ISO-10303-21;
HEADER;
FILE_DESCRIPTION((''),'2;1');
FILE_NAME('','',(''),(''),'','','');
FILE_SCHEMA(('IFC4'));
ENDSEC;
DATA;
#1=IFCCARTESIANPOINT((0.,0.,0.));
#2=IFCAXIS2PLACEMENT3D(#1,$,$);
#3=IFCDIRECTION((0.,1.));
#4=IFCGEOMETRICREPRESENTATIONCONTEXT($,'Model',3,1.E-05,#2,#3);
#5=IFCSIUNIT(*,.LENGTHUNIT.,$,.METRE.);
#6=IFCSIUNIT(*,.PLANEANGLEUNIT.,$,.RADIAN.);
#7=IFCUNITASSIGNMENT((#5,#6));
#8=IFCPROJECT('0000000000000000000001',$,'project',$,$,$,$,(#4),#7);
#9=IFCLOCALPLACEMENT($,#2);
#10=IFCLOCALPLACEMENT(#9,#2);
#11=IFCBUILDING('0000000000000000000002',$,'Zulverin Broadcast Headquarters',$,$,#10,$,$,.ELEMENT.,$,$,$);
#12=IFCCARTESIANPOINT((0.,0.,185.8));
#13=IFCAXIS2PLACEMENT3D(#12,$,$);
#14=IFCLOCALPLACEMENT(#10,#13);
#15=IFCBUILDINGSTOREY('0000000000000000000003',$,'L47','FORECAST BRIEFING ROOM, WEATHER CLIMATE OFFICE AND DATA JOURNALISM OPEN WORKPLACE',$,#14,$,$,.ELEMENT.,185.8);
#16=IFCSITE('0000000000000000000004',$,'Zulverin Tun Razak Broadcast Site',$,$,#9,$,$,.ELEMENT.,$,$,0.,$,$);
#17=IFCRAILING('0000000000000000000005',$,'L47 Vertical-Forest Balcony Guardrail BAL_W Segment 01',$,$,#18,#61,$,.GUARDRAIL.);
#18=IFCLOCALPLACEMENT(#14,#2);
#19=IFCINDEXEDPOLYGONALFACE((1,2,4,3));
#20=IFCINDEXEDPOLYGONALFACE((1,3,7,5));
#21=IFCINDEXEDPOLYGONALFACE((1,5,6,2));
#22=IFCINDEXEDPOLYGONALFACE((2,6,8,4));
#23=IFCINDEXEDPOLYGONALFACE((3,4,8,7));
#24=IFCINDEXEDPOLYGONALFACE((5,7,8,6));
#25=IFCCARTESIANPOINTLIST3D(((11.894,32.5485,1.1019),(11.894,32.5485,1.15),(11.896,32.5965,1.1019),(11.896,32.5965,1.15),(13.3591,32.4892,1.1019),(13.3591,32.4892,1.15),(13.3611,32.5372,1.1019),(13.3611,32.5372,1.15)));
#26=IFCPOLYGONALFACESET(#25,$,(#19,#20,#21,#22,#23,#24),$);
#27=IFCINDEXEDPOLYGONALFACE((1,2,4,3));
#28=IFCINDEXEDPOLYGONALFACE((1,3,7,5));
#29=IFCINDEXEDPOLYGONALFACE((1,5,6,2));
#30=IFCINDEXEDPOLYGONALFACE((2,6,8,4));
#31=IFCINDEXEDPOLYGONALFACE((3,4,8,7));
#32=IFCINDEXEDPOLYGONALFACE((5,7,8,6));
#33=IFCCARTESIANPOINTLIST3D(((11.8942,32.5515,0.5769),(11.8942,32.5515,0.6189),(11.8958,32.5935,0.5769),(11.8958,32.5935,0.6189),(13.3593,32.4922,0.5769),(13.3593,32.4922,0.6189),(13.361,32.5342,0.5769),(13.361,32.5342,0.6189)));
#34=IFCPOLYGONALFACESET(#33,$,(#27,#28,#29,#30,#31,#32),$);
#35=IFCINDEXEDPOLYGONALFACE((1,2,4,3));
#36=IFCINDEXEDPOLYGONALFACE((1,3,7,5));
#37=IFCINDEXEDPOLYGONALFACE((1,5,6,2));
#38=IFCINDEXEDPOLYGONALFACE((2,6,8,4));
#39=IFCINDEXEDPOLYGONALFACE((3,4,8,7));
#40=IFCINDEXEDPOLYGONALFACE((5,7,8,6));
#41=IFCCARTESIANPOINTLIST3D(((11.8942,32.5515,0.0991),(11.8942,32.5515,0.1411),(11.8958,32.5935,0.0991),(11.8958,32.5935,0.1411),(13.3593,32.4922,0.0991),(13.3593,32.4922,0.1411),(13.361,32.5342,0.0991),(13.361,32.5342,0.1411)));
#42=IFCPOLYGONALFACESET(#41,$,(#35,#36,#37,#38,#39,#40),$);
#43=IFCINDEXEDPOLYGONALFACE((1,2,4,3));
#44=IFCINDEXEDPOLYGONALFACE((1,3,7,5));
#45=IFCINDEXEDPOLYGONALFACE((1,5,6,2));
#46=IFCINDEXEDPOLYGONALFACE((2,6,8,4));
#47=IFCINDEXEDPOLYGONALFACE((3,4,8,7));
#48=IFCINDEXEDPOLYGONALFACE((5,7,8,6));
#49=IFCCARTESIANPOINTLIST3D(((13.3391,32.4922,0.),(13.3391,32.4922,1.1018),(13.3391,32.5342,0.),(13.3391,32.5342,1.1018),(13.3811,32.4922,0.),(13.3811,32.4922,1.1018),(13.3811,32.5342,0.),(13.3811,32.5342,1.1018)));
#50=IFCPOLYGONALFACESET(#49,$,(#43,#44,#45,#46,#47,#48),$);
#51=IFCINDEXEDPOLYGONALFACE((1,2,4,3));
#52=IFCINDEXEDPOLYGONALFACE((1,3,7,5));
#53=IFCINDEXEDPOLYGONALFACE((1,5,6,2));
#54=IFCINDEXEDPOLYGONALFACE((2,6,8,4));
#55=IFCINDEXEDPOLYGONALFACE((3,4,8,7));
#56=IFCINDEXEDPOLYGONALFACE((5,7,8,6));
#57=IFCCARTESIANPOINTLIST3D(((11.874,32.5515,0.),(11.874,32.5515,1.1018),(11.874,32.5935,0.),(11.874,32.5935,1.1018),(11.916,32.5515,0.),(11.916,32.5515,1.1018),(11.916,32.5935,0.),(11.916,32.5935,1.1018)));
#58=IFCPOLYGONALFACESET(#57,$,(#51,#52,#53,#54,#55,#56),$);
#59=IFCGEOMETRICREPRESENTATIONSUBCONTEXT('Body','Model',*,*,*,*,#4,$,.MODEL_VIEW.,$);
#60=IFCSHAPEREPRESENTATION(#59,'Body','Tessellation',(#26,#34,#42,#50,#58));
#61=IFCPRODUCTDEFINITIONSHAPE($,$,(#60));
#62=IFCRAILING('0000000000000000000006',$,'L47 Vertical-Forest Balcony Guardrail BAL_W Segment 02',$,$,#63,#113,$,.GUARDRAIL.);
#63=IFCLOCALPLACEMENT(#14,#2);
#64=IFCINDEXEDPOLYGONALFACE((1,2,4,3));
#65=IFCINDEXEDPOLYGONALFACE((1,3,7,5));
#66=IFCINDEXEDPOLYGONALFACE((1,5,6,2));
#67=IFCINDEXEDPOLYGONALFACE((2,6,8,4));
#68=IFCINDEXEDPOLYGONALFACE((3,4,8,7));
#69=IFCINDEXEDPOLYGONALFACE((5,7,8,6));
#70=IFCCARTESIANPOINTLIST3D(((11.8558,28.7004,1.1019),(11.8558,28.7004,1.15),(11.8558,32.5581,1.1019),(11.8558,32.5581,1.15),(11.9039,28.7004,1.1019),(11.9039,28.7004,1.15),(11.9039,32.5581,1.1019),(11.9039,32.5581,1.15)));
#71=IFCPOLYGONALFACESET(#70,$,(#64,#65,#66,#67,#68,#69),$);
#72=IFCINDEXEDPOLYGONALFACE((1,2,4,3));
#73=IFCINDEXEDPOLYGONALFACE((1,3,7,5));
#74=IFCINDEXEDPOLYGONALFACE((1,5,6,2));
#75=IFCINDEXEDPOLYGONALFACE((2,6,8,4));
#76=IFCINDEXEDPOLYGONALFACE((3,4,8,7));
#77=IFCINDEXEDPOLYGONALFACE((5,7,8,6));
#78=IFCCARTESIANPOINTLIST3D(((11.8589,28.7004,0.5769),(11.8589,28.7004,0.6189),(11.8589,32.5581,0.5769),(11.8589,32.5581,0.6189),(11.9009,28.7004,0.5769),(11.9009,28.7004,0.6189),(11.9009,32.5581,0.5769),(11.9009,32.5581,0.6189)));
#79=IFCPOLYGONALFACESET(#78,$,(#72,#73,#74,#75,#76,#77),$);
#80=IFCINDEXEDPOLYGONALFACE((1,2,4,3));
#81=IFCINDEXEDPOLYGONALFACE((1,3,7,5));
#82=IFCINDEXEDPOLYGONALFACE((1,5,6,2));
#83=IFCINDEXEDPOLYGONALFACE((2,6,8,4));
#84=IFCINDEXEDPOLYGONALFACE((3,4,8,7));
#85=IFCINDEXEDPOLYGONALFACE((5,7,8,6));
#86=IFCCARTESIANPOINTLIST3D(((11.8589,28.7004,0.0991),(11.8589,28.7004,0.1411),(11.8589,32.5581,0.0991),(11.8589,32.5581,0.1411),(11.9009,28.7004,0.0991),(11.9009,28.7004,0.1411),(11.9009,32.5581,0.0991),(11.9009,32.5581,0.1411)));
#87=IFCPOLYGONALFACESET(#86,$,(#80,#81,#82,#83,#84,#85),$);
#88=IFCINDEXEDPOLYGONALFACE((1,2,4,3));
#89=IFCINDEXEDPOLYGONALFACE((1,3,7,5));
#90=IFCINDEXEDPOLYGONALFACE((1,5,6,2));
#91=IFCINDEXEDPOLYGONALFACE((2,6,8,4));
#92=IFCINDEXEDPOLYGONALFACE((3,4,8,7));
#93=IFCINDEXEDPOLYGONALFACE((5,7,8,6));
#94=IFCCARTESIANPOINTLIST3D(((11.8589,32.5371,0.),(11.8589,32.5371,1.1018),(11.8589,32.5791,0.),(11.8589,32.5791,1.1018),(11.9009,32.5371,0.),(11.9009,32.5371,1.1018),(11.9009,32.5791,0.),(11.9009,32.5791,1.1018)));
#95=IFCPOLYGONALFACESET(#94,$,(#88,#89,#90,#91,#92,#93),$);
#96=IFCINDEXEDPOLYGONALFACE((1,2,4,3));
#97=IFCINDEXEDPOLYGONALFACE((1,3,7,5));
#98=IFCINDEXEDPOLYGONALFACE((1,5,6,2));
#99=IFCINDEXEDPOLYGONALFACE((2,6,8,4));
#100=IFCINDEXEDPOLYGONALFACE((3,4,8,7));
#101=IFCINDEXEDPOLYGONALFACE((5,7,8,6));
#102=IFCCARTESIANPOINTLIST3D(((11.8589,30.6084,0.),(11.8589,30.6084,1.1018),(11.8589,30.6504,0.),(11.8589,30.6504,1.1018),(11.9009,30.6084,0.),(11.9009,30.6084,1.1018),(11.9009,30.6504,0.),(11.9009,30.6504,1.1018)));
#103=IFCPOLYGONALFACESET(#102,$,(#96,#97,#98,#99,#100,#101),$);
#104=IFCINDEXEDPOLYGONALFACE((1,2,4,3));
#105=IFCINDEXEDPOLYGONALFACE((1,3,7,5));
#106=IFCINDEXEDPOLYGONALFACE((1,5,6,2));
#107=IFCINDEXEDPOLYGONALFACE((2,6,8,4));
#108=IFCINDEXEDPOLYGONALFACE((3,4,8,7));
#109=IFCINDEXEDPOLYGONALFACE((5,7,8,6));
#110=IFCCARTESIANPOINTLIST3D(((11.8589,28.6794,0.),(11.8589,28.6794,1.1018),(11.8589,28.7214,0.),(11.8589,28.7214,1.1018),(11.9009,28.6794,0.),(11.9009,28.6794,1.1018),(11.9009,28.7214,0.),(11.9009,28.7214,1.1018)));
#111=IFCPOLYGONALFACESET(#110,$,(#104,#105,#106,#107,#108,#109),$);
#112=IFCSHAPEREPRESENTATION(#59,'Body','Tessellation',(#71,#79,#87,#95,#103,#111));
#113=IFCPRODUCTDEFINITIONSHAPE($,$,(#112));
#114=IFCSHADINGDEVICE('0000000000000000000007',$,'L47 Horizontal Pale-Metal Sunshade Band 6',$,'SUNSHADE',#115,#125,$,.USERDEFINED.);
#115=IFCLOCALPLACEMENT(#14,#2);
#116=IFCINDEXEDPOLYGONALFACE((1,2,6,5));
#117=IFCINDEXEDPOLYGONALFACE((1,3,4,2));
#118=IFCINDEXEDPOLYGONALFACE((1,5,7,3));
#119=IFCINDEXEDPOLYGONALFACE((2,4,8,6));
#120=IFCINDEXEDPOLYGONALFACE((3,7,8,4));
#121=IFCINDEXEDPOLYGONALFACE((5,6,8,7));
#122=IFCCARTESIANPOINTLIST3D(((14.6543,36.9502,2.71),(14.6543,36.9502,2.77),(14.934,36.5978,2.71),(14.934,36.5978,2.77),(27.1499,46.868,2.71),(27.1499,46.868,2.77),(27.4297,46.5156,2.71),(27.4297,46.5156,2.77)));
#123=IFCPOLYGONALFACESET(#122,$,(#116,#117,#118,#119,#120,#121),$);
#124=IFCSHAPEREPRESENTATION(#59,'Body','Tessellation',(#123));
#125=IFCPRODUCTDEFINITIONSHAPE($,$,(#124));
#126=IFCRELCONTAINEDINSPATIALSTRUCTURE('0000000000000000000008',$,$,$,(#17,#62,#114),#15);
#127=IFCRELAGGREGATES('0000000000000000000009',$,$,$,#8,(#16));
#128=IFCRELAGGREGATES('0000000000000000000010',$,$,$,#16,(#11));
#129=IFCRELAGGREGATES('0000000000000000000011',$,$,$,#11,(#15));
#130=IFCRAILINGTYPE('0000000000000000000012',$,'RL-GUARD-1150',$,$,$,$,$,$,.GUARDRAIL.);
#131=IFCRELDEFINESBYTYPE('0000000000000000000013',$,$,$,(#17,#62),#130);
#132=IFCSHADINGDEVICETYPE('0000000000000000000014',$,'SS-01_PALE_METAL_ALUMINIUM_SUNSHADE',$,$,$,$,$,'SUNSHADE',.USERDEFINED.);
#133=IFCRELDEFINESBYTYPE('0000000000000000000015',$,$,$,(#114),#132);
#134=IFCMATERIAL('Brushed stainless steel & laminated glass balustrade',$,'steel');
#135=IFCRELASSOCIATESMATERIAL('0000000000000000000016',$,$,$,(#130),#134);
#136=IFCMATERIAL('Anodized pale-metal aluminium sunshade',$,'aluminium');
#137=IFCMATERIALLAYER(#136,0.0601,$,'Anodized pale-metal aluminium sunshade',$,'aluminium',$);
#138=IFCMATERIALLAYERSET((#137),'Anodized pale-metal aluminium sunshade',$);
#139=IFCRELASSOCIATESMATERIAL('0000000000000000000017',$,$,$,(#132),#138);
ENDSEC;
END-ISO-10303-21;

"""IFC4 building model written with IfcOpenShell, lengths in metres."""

from ifc_helpers import new_model, si_unit, direction, frame, origin, origin_2d, place, context, subcontext, project, spatial, rectangle, extrude, material, layer, layer_set, type_object, element, save


model = new_model("IFC4")

# Units and contexts
model_context = context("Model", 3, precision=1e-05, world=origin(), true_north=direction((0.0, 1.0)))
body_context = subcontext(model_context, "Body", "Model", "MODEL_VIEW")
ifc_project = project(units=[si_unit("LENGTHUNIT", "METRE"), si_unit("PLANEANGLEUNIT", "RADIAN")], contexts=[model_context])

# Site, building, storey
site_placement = place(None, origin())
site = spatial("IfcSite", under=ifc_project, at=site_placement, Name="Zulverin Tun Razak Broadcast Site", CompositionType="ELEMENT", RefElevation=0.0)
building_placement = place(site_placement, origin())
building = spatial("IfcBuilding", under=site, at=building_placement, Name="Zulverin Broadcast Headquarters", CompositionType="ELEMENT")
storey_placement = place(building_placement, frame((0.0, 0.0, 185.8)))
storey = spatial("IfcBuildingStorey", under=building, at=storey_placement, Name="L47", Description="FORECAST BRIEFING ROOM, WEATHER CLIMATE OFFICE AND DATA JOURNALISM OPEN WORKPLACE", CompositionType="ELEMENT", Elevation=185.8)

# Railings
ifc_material_1 = material(Name="Brushed stainless steel & laminated glass balustrade", Category="steel")
railing_type = type_object("IfcRailingType", Name="RL-GUARD-1150", PredefinedType="GUARDRAIL", material=ifc_material_1)
railing_1_placement = place(storey_placement, frame((13.3601, 32.5132, 0.0)))
element("IfcRailing", 1, at=railing_1_placement, inside=storey, type_object=railing_type, Name="L47 Vertical-Forest Balcony Guardrail BAL_W Segment 01", PredefinedType="GUARDRAIL", context=body_context, shape_type="SweptSolid", body=[
    extrude(rectangle(XDim=0.0481, YDim=0.0481, at=origin_2d()), frame((0.0, 0.0, 1.126), z_axis=(-0.999181, 0.04046, 0.0), x_axis=(-0.04046, -0.999181, 0.0)), (0.0, 0.0, 1.0), 1.4663),
    extrude(rectangle(XDim=0.042, YDim=0.042, at=origin_2d()), frame((0.0, 0.0, 0.5979), z_axis=(-0.999181, 0.04046, 0.0), x_axis=(-0.04046, -0.999181, 0.0)), (0.0, 0.0, 1.0), 1.4663),
    extrude(rectangle(XDim=0.042, YDim=0.042, at=origin_2d()), frame((0.0, 0.0, 0.1201), z_axis=(-0.999181, 0.04046, 0.0), x_axis=(-0.04046, -0.999181, 0.0)), (0.0, 0.0, 1.0), 1.4663),
    extrude(rectangle(XDim=0.042, YDim=0.042, at=origin_2d()), origin(), (0.0, 0.0, 1.0), 1.1018),
    extrude(rectangle(XDim=0.042, YDim=0.042, at=origin_2d()), frame((-1.4651, 0.0593, 0.0)), (0.0, 0.0, 1.0), 1.1018),
])
railing_2_placement = place(storey_placement, frame((11.8799, 32.5581, 0.0)))
element("IfcRailing", 2, at=railing_2_placement, inside=storey, type_object=railing_type, Name="L47 Vertical-Forest Balcony Guardrail BAL_W Segment 02", PredefinedType="GUARDRAIL", context=body_context, shape_type="SweptSolid", body=[
    extrude(rectangle(XDim=0.0481, YDim=0.0481, at=origin_2d()), frame((0.0, 0.0, 1.126), z_axis=(0.0, -1.0, 0.0), x_axis=(1.0, 0.0, 0.0)), (0.0, 0.0, 1.0), 3.8577),
    extrude(rectangle(XDim=0.042, YDim=0.042, at=origin_2d()), frame((0.0, 0.0, 0.5979), z_axis=(0.0, -1.0, 0.0), x_axis=(1.0, 0.0, 0.0)), (0.0, 0.0, 1.0), 3.8577),
    extrude(rectangle(XDim=0.042, YDim=0.042, at=origin_2d()), frame((0.0, 0.0, 0.1201), z_axis=(0.0, -1.0, 0.0), x_axis=(1.0, 0.0, 0.0)), (0.0, 0.0, 1.0), 3.8577),
    extrude(rectangle(XDim=0.042, YDim=0.042, at=origin_2d()), origin(), (0.0, 0.0, 1.0), 1.1018),
    extrude(rectangle(XDim=0.042, YDim=0.042, at=origin_2d()), frame((0.0, -1.9287, 0.0)), (0.0, 0.0, 1.0), 1.1018),
    extrude(rectangle(XDim=0.042, YDim=0.042, at=origin_2d()), frame((0.0, -3.8577, 0.0)), (0.0, 0.0, 1.0), 1.1018),
])

# Shading device
ifc_material_2 = material(Name="Anodized pale-metal aluminium sunshade", Category="aluminium")
ifc_layer_1 = layer(ifc_material_2, 0.0601, Name="Anodized pale-metal aluminium sunshade", Category="aluminium")
ifc_layer_set_1 = layer_set([ifc_layer_1], Name="Anodized pale-metal aluminium sunshade")
shading_device_type = type_object("IfcShadingDeviceType", Name="SS-01_PALE_METAL_ALUMINIUM_SUNSHADE", ElementType="SUNSHADE", PredefinedType="USERDEFINED", material=ifc_layer_set_1)
shading_device_placement = place(storey_placement, frame((21.042, 41.7329, 2.71), z_axis=(0.0, 0.0, 1.0), x_axis=(-0.78327, -0.621681, 0.0)))
element("IfcShadingDevice", 3, at=shading_device_placement, inside=storey, type_object=shading_device_type, Name="L47 Horizontal Pale-Metal Sunshade Band 6", ObjectType="SUNSHADE", PredefinedType="USERDEFINED", context=body_context, shape_type="SweptSolid", body=[
    extrude(rectangle(XDim=15.9531, YDim=0.45, at=origin_2d()), origin(), (0.0, 0.0, 1.0), 0.0601),
])

save(model, "model.ifc")
